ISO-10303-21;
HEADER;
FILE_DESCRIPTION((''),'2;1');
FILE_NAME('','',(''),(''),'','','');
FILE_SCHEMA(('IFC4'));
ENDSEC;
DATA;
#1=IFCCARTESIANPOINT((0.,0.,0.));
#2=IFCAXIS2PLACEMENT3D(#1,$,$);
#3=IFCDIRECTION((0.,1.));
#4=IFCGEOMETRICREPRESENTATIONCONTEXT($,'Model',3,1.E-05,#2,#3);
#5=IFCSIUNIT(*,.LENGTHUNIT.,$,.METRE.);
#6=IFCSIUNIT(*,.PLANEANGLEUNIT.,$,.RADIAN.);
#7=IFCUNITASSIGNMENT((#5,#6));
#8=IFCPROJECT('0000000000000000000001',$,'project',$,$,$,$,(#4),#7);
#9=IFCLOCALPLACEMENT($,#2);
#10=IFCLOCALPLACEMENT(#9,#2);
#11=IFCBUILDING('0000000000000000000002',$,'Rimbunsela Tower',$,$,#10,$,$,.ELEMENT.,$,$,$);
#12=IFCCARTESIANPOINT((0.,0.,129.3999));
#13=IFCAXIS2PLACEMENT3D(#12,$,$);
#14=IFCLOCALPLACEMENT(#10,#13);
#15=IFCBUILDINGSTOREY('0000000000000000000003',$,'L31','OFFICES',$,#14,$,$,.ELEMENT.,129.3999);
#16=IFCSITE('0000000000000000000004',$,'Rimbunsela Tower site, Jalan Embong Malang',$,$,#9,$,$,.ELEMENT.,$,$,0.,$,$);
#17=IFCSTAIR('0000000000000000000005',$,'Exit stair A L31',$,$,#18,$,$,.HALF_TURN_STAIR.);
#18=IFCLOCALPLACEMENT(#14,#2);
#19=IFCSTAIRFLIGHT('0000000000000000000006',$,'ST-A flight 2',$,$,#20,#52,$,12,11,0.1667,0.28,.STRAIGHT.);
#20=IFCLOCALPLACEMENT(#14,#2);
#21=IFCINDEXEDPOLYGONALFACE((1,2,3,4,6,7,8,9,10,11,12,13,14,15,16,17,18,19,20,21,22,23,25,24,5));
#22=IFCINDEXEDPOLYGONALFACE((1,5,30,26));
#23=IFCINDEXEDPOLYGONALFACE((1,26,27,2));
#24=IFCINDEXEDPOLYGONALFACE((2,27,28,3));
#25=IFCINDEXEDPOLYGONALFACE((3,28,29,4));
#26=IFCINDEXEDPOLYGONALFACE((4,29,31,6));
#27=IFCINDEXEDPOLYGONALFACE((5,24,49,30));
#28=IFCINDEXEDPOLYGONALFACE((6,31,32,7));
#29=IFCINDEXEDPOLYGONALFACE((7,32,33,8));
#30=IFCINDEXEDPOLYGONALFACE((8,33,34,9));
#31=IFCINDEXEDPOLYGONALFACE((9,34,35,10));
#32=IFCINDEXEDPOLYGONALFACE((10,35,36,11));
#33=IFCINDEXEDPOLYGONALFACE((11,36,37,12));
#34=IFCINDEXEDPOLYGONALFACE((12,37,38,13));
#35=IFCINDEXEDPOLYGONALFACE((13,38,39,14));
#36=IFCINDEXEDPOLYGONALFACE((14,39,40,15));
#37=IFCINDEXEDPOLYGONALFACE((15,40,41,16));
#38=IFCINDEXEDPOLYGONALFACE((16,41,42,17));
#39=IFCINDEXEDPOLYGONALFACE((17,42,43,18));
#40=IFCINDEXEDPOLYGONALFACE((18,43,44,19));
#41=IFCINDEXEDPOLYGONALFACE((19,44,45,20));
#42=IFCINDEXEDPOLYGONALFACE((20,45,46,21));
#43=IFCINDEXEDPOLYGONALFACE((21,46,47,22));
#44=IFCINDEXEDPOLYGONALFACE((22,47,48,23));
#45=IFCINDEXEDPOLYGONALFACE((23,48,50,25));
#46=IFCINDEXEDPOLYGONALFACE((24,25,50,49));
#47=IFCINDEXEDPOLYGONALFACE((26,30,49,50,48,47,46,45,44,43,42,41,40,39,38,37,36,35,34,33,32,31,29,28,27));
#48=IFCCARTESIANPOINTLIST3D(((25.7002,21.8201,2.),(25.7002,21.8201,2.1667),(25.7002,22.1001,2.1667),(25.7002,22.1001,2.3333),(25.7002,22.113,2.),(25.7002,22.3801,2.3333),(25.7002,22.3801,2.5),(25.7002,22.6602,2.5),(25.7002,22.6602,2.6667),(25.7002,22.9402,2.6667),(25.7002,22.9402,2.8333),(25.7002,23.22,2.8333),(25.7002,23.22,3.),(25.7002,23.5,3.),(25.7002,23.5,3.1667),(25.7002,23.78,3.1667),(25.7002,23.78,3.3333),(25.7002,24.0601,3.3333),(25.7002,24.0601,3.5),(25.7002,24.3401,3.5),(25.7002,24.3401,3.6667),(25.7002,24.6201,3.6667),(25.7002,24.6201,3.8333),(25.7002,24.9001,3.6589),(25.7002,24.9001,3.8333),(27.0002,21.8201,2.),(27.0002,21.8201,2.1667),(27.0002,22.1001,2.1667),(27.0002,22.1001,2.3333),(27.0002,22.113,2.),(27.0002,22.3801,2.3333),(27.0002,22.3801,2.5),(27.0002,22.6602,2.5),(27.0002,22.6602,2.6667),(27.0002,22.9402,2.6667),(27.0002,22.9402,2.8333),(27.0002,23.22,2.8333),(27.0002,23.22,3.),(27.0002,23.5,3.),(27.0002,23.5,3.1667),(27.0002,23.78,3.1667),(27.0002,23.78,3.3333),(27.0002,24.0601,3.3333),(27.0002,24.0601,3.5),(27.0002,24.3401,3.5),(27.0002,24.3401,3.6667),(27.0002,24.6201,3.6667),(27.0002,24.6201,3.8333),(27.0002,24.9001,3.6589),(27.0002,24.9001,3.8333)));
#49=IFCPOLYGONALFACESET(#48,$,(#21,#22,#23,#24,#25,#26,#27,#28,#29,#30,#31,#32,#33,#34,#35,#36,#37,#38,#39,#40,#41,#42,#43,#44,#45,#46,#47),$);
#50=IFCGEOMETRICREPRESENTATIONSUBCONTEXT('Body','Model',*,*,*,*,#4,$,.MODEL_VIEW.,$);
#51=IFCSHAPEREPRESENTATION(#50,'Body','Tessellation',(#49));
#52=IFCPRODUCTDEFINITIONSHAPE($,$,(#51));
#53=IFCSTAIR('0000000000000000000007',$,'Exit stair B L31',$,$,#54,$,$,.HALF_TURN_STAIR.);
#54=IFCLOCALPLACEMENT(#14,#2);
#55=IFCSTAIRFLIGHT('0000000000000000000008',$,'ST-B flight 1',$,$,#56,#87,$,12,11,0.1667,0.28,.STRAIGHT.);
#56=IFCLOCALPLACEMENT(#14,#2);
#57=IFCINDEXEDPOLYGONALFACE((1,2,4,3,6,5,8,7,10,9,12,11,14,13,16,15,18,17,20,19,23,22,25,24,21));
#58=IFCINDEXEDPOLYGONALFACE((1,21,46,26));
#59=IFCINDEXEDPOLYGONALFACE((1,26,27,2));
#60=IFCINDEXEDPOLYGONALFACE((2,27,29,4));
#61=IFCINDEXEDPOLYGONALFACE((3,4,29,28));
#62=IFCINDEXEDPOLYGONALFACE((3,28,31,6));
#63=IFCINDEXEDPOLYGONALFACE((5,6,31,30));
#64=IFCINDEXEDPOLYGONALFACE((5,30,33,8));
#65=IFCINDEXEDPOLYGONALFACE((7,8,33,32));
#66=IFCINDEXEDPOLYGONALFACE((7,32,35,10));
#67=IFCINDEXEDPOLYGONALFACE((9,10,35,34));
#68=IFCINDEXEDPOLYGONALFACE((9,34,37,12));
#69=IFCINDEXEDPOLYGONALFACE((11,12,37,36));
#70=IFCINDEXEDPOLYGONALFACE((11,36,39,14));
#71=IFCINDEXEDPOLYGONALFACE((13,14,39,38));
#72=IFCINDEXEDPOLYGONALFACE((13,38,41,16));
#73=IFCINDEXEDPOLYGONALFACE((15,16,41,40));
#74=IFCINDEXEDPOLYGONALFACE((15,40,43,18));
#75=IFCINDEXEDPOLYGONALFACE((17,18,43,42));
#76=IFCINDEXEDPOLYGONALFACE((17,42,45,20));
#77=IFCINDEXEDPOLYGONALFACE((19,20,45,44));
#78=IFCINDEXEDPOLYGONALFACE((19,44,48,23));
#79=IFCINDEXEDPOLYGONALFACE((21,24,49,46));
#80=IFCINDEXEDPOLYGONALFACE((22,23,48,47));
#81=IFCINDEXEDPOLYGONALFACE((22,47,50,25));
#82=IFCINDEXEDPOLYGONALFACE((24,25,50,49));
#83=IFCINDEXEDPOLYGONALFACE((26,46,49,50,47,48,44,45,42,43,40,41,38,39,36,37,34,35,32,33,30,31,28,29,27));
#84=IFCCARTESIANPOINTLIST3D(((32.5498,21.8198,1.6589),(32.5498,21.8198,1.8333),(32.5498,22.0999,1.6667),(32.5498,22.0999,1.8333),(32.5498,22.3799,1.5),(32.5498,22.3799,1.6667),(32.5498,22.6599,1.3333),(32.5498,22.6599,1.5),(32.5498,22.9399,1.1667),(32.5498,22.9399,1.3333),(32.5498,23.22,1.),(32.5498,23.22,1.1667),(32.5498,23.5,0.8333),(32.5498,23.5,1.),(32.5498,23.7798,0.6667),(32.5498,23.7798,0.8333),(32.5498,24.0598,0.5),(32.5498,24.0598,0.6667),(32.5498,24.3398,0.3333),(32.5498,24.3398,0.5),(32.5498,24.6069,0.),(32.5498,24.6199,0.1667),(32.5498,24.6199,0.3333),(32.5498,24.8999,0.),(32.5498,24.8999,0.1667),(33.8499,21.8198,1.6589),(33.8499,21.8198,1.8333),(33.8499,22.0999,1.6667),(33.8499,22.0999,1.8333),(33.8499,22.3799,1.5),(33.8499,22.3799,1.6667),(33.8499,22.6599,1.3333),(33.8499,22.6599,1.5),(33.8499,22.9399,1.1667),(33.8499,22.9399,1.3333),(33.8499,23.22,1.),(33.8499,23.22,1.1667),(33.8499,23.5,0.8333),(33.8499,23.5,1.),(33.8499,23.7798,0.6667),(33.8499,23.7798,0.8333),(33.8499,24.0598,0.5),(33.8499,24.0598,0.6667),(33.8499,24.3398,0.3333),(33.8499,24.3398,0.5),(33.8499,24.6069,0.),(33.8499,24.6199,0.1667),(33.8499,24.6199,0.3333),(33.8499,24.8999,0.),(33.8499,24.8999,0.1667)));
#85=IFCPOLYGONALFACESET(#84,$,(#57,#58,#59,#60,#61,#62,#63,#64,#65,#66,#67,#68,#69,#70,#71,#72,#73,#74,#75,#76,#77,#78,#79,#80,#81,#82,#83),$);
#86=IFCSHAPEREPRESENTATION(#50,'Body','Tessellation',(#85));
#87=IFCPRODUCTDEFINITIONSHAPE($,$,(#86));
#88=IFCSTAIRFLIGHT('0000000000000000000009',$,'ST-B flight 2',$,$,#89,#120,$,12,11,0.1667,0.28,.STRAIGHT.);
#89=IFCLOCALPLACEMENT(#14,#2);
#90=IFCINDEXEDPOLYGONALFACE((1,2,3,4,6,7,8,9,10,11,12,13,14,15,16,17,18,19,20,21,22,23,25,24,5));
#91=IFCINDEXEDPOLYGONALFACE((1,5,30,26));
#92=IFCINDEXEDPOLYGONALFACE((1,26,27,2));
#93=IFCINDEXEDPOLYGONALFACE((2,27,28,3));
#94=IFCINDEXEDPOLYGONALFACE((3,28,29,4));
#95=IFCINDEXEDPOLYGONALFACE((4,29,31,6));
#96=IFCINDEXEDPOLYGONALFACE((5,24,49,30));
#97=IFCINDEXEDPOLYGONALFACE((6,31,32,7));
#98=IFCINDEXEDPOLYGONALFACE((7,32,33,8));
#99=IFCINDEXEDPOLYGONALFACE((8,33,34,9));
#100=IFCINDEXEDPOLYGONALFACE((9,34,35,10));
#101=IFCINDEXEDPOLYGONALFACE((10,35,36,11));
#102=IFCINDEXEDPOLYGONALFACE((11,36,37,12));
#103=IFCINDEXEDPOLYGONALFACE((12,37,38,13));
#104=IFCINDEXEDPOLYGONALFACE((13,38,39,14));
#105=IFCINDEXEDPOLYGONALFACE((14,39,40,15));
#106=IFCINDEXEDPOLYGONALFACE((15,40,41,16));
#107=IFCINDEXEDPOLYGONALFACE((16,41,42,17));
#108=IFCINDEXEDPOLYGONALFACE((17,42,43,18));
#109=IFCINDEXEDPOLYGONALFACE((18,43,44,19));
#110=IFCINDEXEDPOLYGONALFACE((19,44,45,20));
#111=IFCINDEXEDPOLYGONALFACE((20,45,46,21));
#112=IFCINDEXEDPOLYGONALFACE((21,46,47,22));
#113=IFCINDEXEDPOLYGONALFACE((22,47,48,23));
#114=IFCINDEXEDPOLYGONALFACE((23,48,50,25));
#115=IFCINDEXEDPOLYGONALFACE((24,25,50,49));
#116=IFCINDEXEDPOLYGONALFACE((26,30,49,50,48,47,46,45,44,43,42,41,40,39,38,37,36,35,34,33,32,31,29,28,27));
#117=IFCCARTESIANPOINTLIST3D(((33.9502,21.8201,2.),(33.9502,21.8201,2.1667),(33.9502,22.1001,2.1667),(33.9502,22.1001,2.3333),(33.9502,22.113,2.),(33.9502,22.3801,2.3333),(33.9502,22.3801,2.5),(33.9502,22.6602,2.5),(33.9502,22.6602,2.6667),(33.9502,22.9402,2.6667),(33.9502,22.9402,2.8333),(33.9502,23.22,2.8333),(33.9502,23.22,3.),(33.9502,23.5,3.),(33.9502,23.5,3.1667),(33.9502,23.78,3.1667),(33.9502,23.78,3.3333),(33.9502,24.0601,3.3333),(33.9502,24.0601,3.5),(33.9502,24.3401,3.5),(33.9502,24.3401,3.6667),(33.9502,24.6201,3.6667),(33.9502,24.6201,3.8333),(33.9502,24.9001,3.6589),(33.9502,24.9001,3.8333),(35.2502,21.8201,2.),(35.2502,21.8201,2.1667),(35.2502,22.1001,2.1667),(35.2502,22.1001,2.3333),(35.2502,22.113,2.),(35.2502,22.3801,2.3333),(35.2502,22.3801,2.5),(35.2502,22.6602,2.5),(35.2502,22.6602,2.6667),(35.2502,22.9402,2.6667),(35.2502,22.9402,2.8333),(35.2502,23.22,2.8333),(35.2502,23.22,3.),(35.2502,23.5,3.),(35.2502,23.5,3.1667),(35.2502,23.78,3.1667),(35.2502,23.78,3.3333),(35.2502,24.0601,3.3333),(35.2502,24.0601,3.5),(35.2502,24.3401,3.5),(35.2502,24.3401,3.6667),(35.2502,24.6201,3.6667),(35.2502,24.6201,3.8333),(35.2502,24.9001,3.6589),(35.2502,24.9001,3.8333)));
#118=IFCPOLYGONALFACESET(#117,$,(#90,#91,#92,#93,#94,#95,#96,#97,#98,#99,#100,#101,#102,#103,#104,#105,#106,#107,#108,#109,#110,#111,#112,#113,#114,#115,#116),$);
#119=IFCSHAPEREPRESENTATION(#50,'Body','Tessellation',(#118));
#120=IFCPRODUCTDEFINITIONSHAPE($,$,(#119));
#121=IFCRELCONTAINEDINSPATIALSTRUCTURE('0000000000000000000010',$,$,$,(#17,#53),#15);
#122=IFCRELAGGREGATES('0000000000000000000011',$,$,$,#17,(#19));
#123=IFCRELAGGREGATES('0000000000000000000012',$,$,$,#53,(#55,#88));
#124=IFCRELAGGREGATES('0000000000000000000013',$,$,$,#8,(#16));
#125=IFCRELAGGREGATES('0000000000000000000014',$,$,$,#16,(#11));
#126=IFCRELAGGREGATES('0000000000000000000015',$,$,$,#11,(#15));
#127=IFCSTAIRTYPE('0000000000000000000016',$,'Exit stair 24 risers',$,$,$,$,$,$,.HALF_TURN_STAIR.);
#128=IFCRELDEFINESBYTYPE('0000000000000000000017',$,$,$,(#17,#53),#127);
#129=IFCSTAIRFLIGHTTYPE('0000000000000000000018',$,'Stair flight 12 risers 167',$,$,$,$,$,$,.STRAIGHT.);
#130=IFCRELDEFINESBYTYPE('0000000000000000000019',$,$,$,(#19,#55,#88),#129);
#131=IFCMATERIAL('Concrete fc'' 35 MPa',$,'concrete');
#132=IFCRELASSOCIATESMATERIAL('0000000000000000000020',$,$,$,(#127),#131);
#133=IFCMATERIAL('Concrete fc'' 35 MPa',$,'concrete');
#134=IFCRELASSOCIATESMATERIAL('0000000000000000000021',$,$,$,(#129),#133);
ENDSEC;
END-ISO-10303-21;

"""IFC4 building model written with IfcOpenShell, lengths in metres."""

from ifc_helpers import new_model, si_unit, direction, frame, origin, place, context, subcontext, project, spatial, polyline, outline, extrude, material, type_object, element, aggregate, save


model = new_model("IFC4")

# Units and contexts
model_context = context("Model", 3, precision=1e-05, world=origin(), true_north=direction((0.0, 1.0)))
body_context = subcontext(model_context, "Body", "Model", "MODEL_VIEW")
ifc_project = project(units=[si_unit("LENGTHUNIT", "METRE"), si_unit("PLANEANGLEUNIT", "RADIAN")], contexts=[model_context])

# Site, building, storey
site_placement = place(None, origin())
site = spatial("IfcSite", under=ifc_project, at=site_placement, Name="Rimbunsela Tower site, Jalan Embong Malang", CompositionType="ELEMENT", RefElevation=0.0)
building_placement = place(site_placement, origin())
building = spatial("IfcBuilding", under=site, at=building_placement, Name="Rimbunsela Tower", CompositionType="ELEMENT")
storey_placement = place(building_placement, frame((0.0, 0.0, 129.3999)))
storey = spatial("IfcBuildingStorey", under=building, at=storey_placement, Name="L31", Description="OFFICES", CompositionType="ELEMENT", Elevation=129.3999)

# Stair, stair flight
ifc_material_1 = material(Name="Concrete fc' 35 MPa", Category="concrete")
stair_type = type_object("IfcStairType", Name="Exit stair 24 risers", PredefinedType="HALF_TURN_STAIR", material=ifc_material_1)
stair_1_placement = place(storey_placement, origin())
stair_1 = element("IfcStair", 1, at=stair_1_placement, inside=storey, type_object=stair_type, Name="Exit stair A L31", PredefinedType="HALF_TURN_STAIR")
ifc_material_2 = material(Name="Concrete fc' 35 MPa", Category="concrete")
stair_flight_type = type_object("IfcStairFlightType", Name="Stair flight 12 risers 167", PredefinedType="STRAIGHT", material=ifc_material_2)
stair_flight_1_placement = place(storey_placement, frame((26.3501, 21.8201, 2.0), z_axis=(0.0, 0.0, 1.0), x_axis=(0.0, 1.0, 0.0)))
stair_flight_1 = element("IfcStairFlight", 2, at=stair_flight_1_placement, type_object=stair_flight_type, Name="ST-A flight 2", NumberOfRisers=12, NumberOfTreads=11, PredefinedType="STRAIGHT", RiserHeight=0.1667, TreadLength=0.28, context=body_context, shape_type="SweptSolid", body=[
    extrude(outline(polyline([(0.0, 0.0), (0.0, 0.1667), (0.28, 0.1667), (0.28, 0.3333), (0.5601, 0.3333), (0.5601, 0.5), (0.8401, 0.5), (0.8401, 0.6667), (1.1201, 0.6667), (1.1201, 0.8333), (1.3999, 0.8333), (1.3999, 1.0), (1.6799, 1.0), (1.6799, 1.1667), (1.96, 1.1667), (1.96, 1.3333), (2.24, 1.3333), (2.24, 1.5), (2.52, 1.5), (2.52, 1.6667), (2.8, 1.6667), (2.8, 1.8333), (3.0801, 1.8333), (3.0801, 2.0), (3.0801, 1.6589), (0.293, 0.0), (0.0, 0.0)])), frame((0.0, 0.6499, 0.0), z_axis=(0.0, -1.0, 0.0), x_axis=(1.0, 0.0, 0.0)), (0.0, 0.0, 1.0), 1.3),
])
aggregate(stair_1, [stair_flight_1])

# Stair, stair flights
stair_2_placement = place(storey_placement, origin())
stair_2 = element("IfcStair", 3, at=stair_2_placement, inside=storey, type_object=stair_type, Name="Exit stair B L31", PredefinedType="HALF_TURN_STAIR")
stair_flight_2_placement = place(storey_placement, frame((33.2, 24.8999, 0.0), z_axis=(0.0, 0.0, 1.0), x_axis=(0.0, -1.0, 0.0)))
stair_flight_2 = element("IfcStairFlight", 4, at=stair_flight_2_placement, type_object=stair_flight_type, Name="ST-B flight 1", NumberOfRisers=12, NumberOfTreads=11, PredefinedType="STRAIGHT", RiserHeight=0.1667, TreadLength=0.28, context=body_context, shape_type="SweptSolid", body=[
    extrude(outline(polyline([(0.0, 0.0), (0.0, 0.1667), (0.28, 0.1667), (0.28, 0.3333), (0.5601, 0.3333), (0.5601, 0.5), (0.8401, 0.5), (0.8401, 0.6667), (1.1201, 0.6667), (1.1201, 0.8333), (1.3999, 0.8333), (1.3999, 1.0), (1.6799, 1.0), (1.6799, 1.1667), (1.96, 1.1667), (1.96, 1.3333), (2.24, 1.3333), (2.24, 1.5), (2.52, 1.5), (2.52, 1.6667), (2.8, 1.6667), (2.8, 1.8333), (3.0801, 1.8333), (3.0801, 2.0), (3.0801, 1.6589), (0.293, 0.0), (0.0, 0.0)])), frame((0.0, 0.6499, 0.0), z_axis=(0.0, -1.0, 0.0), x_axis=(1.0, 0.0, 0.0)), (0.0, 0.0, 1.0), 1.3),
])
stair_flight_3_placement = place(storey_placement, frame((34.6001, 21.8201, 2.0), z_axis=(0.0, 0.0, 1.0), x_axis=(0.0, 1.0, 0.0)))
stair_flight_3 = element("IfcStairFlight", 5, at=stair_flight_3_placement, type_object=stair_flight_type, Name="ST-B flight 2", NumberOfRisers=12, NumberOfTreads=11, PredefinedType="STRAIGHT", RiserHeight=0.1667, TreadLength=0.28, context=body_context, shape_type="SweptSolid", body=[
    extrude(outline(polyline([(0.0, 0.0), (0.0, 0.1667), (0.28, 0.1667), (0.28, 0.3333), (0.5601, 0.3333), (0.5601, 0.5), (0.8401, 0.5), (0.8401, 0.6667), (1.1201, 0.6667), (1.1201, 0.8333), (1.3999, 0.8333), (1.3999, 1.0), (1.6799, 1.0), (1.6799, 1.1667), (1.96, 1.1667), (1.96, 1.3333), (2.24, 1.3333), (2.24, 1.5), (2.52, 1.5), (2.52, 1.6667), (2.8, 1.6667), (2.8, 1.8333), (3.0801, 1.8333), (3.0801, 2.0), (3.0801, 1.6589), (0.293, 0.0), (0.0, 0.0)])), frame((0.0, 0.6499, 0.0), z_axis=(0.0, -1.0, 0.0), x_axis=(1.0, 0.0, 0.0)), (0.0, 0.0, 1.0), 1.3),
])
aggregate(stair_2, [stair_flight_2, stair_flight_3])

save(model, "model.ifc")
